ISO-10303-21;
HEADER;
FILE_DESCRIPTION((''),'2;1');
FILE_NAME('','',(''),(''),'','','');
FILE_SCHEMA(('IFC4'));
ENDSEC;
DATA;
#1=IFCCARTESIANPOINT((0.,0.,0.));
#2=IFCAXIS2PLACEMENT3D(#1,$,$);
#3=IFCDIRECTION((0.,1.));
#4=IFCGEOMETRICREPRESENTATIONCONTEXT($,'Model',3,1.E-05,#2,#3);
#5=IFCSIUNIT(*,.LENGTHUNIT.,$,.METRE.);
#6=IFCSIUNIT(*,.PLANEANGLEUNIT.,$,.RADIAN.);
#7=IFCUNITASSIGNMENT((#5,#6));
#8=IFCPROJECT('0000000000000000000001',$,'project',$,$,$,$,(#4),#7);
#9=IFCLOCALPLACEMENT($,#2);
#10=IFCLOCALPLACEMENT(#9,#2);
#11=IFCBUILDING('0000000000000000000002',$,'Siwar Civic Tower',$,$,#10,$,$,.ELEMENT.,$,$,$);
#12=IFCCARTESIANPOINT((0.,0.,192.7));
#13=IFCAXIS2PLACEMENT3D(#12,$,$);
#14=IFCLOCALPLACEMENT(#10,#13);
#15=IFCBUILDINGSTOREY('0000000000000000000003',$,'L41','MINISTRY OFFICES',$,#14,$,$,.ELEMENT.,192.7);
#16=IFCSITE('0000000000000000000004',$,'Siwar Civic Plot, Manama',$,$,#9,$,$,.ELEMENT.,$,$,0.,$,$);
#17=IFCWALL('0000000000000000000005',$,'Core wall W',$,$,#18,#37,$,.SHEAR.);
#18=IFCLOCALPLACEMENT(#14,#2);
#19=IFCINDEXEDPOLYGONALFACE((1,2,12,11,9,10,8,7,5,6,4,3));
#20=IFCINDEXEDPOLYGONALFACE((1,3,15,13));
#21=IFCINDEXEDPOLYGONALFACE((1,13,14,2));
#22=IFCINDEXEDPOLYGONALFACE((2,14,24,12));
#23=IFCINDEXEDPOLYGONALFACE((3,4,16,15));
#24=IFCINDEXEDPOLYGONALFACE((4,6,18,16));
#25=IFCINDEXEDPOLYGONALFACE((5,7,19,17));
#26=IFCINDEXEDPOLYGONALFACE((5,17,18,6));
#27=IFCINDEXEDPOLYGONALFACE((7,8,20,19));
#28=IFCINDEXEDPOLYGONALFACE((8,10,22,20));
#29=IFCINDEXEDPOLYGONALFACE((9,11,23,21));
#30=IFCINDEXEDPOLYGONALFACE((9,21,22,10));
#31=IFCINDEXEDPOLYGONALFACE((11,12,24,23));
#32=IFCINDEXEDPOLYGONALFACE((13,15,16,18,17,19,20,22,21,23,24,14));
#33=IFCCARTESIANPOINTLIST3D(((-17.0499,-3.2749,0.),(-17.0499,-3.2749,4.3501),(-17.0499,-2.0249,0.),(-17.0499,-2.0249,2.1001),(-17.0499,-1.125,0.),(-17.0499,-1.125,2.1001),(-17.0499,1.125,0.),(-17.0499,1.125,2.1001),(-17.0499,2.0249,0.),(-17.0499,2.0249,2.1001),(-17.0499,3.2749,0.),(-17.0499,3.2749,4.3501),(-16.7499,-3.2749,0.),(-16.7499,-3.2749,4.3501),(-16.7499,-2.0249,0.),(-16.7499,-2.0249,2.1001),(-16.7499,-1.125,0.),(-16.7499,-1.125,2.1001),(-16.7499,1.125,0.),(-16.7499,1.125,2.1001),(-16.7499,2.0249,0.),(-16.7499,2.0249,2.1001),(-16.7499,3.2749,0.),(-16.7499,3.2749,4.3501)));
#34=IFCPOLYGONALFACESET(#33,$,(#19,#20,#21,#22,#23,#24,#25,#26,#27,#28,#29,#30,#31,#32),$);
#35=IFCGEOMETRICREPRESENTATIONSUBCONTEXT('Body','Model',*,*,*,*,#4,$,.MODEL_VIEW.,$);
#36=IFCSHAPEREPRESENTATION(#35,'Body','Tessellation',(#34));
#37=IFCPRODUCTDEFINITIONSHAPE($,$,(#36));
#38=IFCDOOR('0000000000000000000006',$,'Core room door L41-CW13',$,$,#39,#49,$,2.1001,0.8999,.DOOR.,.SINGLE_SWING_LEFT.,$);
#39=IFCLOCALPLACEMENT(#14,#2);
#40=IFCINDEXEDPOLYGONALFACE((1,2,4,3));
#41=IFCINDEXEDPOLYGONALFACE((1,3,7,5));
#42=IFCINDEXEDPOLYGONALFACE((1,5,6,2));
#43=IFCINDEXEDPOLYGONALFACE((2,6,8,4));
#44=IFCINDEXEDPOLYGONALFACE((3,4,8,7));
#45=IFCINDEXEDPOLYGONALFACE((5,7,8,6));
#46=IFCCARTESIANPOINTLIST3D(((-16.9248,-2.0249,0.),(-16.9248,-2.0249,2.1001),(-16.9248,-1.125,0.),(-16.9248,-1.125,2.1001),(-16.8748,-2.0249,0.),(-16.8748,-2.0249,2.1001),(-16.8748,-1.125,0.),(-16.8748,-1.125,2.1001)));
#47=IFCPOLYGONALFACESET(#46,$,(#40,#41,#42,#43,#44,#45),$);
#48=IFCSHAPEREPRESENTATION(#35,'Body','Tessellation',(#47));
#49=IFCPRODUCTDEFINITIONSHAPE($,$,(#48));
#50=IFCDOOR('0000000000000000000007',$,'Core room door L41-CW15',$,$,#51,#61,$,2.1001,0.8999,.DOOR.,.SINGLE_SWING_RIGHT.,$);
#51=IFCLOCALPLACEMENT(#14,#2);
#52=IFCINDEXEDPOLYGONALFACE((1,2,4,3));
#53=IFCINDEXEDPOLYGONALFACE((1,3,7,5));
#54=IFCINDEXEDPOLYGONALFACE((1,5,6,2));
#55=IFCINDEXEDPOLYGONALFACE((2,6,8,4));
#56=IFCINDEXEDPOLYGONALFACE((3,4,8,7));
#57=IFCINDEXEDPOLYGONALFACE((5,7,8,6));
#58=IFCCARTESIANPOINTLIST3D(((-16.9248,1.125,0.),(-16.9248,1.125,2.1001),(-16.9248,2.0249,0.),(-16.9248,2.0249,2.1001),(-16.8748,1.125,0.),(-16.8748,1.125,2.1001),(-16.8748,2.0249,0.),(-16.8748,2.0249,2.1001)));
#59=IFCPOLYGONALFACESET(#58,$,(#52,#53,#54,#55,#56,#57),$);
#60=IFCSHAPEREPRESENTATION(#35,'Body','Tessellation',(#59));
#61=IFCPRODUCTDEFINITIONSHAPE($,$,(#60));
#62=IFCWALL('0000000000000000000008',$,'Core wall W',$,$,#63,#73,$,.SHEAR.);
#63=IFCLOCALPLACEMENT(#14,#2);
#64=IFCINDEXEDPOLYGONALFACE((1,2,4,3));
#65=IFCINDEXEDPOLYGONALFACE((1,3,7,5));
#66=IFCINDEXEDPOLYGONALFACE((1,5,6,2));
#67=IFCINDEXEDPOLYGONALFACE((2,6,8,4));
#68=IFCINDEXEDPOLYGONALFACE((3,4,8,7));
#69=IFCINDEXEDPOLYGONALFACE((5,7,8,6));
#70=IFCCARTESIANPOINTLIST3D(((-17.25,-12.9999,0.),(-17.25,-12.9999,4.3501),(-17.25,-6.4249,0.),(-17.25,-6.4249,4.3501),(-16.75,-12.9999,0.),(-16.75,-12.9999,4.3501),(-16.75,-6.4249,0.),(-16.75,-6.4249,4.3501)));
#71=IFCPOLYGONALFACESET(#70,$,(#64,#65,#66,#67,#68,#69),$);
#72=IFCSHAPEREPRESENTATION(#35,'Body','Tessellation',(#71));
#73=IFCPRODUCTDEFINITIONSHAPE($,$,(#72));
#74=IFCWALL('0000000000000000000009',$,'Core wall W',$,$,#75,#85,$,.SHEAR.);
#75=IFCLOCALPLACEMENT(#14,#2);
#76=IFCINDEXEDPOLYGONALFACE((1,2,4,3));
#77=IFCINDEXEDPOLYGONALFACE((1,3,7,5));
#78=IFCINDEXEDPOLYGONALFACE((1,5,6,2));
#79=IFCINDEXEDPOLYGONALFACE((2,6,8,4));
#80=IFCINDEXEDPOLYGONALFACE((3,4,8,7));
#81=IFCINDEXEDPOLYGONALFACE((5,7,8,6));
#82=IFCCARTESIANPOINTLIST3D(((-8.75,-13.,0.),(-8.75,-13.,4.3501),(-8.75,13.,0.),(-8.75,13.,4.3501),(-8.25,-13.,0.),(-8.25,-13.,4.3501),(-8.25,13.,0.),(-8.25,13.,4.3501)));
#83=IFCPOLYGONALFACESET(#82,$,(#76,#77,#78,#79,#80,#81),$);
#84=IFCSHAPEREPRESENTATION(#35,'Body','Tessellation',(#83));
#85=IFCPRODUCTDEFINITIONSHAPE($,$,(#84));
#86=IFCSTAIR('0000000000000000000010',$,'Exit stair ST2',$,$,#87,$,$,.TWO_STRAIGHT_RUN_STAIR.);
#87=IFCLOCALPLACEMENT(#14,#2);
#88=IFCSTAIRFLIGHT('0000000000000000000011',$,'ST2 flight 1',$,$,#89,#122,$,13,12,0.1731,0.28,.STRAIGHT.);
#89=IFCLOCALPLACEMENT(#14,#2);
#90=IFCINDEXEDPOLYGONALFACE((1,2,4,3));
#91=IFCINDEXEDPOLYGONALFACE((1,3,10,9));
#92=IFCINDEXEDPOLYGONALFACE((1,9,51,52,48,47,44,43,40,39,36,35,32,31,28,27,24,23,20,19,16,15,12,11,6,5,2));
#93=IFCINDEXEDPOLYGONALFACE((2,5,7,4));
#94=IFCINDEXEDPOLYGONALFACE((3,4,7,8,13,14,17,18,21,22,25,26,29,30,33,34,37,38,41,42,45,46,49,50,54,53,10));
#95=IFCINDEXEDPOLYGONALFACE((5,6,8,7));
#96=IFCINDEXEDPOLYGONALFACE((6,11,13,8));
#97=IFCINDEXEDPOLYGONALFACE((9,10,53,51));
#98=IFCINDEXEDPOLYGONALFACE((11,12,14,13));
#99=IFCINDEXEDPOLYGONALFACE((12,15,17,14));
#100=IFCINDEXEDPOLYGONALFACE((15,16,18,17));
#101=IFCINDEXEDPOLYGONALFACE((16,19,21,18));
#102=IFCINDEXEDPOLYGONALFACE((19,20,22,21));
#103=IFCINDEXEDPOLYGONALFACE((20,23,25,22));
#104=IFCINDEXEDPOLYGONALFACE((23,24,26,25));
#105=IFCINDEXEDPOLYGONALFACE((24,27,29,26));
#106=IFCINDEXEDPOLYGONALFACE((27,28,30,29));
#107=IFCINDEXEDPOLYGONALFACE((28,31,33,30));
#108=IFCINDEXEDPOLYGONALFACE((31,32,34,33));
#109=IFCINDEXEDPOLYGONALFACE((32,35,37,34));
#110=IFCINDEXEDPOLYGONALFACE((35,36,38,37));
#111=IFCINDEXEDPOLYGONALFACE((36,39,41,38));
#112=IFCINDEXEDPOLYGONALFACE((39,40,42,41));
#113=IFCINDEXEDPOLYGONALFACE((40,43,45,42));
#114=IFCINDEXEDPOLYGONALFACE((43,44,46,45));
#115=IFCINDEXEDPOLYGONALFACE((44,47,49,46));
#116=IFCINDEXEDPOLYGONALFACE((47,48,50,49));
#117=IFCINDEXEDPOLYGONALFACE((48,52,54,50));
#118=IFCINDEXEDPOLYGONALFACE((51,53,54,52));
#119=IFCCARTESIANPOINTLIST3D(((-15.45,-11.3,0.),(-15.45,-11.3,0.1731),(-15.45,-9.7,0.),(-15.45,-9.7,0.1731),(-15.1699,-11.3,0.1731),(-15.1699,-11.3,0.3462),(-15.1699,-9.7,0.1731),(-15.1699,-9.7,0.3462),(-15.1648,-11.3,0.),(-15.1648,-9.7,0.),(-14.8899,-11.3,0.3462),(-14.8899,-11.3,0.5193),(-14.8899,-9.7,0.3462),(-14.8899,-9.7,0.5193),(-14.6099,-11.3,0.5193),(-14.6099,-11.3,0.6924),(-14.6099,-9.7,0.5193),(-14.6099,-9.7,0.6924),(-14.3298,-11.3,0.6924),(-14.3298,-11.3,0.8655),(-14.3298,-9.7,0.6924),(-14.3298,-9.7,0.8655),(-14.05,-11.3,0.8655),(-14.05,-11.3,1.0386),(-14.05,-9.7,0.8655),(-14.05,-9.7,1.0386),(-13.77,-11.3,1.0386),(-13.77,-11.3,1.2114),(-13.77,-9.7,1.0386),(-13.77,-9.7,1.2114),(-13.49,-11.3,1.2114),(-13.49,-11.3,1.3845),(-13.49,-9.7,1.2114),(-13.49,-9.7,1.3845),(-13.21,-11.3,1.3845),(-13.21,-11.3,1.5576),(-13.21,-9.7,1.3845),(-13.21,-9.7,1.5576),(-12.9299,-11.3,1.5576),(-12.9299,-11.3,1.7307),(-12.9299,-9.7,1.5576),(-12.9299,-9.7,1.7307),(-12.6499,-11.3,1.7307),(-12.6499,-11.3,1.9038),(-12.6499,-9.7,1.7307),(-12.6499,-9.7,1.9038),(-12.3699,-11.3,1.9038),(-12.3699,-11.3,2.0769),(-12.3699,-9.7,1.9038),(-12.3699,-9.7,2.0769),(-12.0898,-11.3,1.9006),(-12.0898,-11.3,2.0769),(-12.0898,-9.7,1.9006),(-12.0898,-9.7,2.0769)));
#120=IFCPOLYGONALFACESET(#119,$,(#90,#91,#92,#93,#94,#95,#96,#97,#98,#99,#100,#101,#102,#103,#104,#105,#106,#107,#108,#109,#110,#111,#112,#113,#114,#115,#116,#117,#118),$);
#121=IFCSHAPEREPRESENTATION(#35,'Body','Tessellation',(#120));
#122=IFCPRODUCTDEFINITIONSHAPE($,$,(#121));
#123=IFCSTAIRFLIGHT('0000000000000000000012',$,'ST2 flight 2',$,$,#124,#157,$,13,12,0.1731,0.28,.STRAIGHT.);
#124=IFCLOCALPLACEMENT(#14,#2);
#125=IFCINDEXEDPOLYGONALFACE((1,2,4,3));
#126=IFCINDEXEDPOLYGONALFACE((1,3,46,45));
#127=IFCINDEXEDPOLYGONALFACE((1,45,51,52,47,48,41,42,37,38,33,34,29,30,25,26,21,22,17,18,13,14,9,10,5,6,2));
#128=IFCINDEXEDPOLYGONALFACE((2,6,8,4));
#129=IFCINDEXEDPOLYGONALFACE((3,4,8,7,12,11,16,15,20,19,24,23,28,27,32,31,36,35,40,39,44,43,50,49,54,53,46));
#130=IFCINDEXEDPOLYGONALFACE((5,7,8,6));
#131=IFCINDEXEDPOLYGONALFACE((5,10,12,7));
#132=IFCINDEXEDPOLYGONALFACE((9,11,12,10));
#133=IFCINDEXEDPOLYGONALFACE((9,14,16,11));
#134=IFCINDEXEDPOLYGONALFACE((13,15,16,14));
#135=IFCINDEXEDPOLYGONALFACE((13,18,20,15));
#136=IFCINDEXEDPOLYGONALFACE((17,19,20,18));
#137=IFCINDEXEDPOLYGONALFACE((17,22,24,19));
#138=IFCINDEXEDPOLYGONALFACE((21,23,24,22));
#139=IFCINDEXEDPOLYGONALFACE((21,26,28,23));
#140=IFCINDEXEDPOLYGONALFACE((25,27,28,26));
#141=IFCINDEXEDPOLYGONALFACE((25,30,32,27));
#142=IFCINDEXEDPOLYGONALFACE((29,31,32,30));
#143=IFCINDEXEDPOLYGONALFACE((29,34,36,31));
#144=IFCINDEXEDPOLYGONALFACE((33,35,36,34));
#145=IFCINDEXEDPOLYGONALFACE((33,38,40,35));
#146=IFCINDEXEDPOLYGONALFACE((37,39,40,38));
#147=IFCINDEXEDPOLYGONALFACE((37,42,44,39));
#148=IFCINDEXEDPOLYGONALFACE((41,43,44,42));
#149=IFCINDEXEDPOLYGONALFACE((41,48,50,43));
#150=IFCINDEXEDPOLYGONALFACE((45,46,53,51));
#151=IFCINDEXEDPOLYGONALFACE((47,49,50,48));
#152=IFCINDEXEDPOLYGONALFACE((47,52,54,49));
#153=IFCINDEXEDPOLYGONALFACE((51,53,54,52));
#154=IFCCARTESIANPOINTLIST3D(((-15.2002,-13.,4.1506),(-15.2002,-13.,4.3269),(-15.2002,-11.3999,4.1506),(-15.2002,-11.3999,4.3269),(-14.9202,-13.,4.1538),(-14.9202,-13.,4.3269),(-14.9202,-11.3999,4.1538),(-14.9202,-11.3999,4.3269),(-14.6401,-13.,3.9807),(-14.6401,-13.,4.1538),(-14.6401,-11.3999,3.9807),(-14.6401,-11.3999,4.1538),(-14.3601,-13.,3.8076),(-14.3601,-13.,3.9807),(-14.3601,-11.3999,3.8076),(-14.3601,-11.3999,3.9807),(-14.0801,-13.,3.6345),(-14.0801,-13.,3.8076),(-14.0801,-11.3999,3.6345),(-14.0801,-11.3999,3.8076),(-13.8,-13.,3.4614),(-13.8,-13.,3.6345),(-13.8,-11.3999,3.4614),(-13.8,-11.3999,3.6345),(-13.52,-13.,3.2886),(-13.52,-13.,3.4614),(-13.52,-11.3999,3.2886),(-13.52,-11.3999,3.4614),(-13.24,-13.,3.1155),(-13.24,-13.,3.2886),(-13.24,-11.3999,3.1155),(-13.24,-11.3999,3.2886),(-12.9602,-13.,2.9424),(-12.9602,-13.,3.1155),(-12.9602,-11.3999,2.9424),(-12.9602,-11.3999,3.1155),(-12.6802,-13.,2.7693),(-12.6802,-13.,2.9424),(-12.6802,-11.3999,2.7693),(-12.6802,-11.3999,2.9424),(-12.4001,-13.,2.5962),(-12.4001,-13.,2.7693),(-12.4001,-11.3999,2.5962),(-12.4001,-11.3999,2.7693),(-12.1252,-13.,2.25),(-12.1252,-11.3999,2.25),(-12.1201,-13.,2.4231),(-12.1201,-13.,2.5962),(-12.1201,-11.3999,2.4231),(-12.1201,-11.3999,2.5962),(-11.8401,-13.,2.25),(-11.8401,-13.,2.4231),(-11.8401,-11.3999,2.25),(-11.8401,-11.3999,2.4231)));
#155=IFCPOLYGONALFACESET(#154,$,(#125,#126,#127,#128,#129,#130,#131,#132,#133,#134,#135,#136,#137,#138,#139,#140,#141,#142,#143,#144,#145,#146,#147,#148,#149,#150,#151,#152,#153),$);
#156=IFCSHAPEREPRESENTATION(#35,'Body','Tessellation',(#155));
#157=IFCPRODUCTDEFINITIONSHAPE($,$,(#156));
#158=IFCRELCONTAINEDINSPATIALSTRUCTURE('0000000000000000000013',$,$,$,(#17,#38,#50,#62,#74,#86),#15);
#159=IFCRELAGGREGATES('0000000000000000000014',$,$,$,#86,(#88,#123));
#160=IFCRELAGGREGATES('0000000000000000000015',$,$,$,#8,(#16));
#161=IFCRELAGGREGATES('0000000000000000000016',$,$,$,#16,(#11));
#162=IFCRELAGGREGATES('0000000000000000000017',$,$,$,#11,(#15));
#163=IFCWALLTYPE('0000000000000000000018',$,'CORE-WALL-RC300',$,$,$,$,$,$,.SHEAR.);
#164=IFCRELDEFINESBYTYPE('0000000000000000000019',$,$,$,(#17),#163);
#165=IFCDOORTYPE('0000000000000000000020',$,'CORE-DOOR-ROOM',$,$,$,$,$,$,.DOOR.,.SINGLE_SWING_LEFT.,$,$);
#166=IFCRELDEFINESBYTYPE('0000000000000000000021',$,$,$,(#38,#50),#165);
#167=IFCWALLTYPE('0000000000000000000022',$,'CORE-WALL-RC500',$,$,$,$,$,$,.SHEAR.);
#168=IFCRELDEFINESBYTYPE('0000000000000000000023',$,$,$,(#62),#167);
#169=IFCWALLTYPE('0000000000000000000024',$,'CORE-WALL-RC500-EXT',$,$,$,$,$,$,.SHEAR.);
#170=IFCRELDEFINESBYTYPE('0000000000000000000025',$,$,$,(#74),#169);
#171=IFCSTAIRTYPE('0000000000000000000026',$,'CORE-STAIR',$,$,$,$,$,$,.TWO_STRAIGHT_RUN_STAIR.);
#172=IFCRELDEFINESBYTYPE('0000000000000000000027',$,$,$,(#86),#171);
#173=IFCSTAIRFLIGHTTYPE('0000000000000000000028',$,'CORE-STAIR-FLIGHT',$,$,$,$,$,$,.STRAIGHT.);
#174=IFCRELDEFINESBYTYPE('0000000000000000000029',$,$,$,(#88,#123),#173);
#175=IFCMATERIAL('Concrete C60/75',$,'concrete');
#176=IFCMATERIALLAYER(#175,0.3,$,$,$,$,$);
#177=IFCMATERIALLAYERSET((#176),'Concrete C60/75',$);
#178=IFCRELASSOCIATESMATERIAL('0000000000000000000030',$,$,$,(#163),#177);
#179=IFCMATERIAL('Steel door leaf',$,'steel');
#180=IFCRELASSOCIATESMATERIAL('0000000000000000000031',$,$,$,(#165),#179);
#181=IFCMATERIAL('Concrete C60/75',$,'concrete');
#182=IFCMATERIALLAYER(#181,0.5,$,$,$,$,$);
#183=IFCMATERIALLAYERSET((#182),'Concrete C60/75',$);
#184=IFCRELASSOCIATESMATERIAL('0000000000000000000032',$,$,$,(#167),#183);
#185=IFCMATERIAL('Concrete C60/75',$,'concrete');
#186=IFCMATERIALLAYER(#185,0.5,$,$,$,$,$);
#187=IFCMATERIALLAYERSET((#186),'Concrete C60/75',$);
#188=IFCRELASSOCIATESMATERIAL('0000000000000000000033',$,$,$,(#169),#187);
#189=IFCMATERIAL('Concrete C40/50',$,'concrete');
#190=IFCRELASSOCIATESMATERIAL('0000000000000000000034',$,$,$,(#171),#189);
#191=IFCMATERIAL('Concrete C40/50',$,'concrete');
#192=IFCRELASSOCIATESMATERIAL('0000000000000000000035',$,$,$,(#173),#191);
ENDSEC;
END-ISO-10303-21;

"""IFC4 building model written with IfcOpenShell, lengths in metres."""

from ifc_helpers import new_model, si_unit, direction, frame, frame_2d, origin, place, context, subcontext, project, spatial, polyline, rectangle, outline, extrude, material, layer, layer_set, type_object, element, fill, aggregate, save


model = new_model("IFC4")

# Units and contexts
model_context = context("Model", 3, precision=1e-05, world=origin(), true_north=direction((0.0, 1.0)))
body_context = subcontext(model_context, "Body", "Model", "MODEL_VIEW")
ifc_project = project(units=[si_unit("LENGTHUNIT", "METRE"), si_unit("PLANEANGLEUNIT", "RADIAN")], contexts=[model_context])

# Site, building, storey
site_placement = place(None, origin())
site = spatial("IfcSite", under=ifc_project, at=site_placement, Name="Siwar Civic Plot, Manama", CompositionType="ELEMENT", RefElevation=0.0)
building_placement = place(site_placement, origin())
building = spatial("IfcBuilding", under=site, at=building_placement, Name="Siwar Civic Tower", CompositionType="ELEMENT")
storey_placement = place(building_placement, frame((0.0, 0.0, 192.7)))
storey = spatial("IfcBuildingStorey", under=building, at=storey_placement, Name="L41", Description="MINISTRY OFFICES", CompositionType="ELEMENT", Elevation=192.7)

# Wall, openings, doors
ifc_material_1 = material(Name="Concrete C60/75", Category="concrete")
ifc_layer_1 = layer(ifc_material_1, 0.3)
ifc_layer_set_1 = layer_set([ifc_layer_1], Name="Concrete C60/75")
wall_type_1 = type_object("IfcWallType", Name="CORE-WALL-RC300", PredefinedType="SHEAR", material=ifc_layer_set_1)
wall_1_placement = place(storey_placement, frame((-16.8999, -3.2749, 0.0), z_axis=(0.0, 0.0, 1.0), x_axis=(0.0, 1.0, 0.0)))
wall_1 = element("IfcWall", 1, at=wall_1_placement, inside=storey, type_object=wall_type_1, Name="Core wall W", PredefinedType="SHEAR", context=body_context, shape_type="SweptSolid", body=[
    extrude(rectangle(XDim=6.5498, YDim=0.3, at=frame_2d((3.2749, 0.0))), origin(), (0.0, 0.0, 1.0), 4.3501),
])
opening_1_placement = place(wall_1_placement, frame((1.25, 0.0, 0.0)))
opening_1 = element("IfcOpeningElement", 2, at=opening_1_placement, cuts=wall_1, PredefinedType="OPENING", context=body_context, shape_type="SweptSolid", body=[
    extrude(rectangle(XDim=0.8999, YDim=2.1001, at=frame_2d((0.45, 1.05))), frame((0.0, 0.1602, 0.0), z_axis=(0.0, -1.0, 0.0), x_axis=(1.0, 0.0, 0.0)), (0.0, 0.0, 1.0), 0.3201),
])
opening_2_placement = place(wall_1_placement, frame((4.3999, 0.0, 0.0)))
opening_2 = element("IfcOpeningElement", 3, at=opening_2_placement, cuts=wall_1, PredefinedType="OPENING", context=body_context, shape_type="SweptSolid", body=[
    extrude(rectangle(XDim=0.8999, YDim=2.1001, at=frame_2d((0.45, 1.05))), frame((0.0, 0.1602, 0.0), z_axis=(0.0, -1.0, 0.0), x_axis=(1.0, 0.0, 0.0)), (0.0, 0.0, 1.0), 0.3201),
])
ifc_material_2 = material(Name="Steel door leaf", Category="steel")
door_type_1 = type_object("IfcDoorType", Name="CORE-DOOR-ROOM", OperationType="SINGLE_SWING_LEFT", PredefinedType="DOOR", material=ifc_material_2)
door_1_placement = place(opening_1_placement, origin())
door_1 = element("IfcDoor", 4, at=door_1_placement, inside=storey, type_object=door_type_1, Name="Core room door L41-CW13", OperationType="SINGLE_SWING_LEFT", OverallHeight=2.1001, OverallWidth=0.8999, PredefinedType="DOOR", context=body_context, shape_type="SweptSolid", body=[
    extrude(rectangle(XDim=0.8999, YDim=2.1001, at=frame_2d((0.45, 1.05))), frame((0.0, 0.0249, 0.0), z_axis=(0.0, -1.0, 0.0), x_axis=(1.0, 0.0, 0.0)), (0.0, 0.0, 1.0), 0.05),
])
fill(opening_1, door_1)
door_2_placement = place(opening_2_placement, origin())
door_2 = element("IfcDoor", 5, at=door_2_placement, inside=storey, type_object=door_type_1, Name="Core room door L41-CW15", OperationType="SINGLE_SWING_RIGHT", OverallHeight=2.1001, OverallWidth=0.8999, PredefinedType="DOOR", context=body_context, shape_type="SweptSolid", body=[
    extrude(rectangle(XDim=0.8999, YDim=2.1001, at=frame_2d((0.45, 1.05))), frame((0.0, 0.0249, 0.0), z_axis=(0.0, -1.0, 0.0), x_axis=(1.0, 0.0, 0.0)), (0.0, 0.0, 1.0), 0.05),
])
fill(opening_2, door_2)

# Walls
ifc_material_3 = material(Name="Concrete C60/75", Category="concrete")
ifc_layer_2 = layer(ifc_material_3, 0.5)
ifc_layer_set_2 = layer_set([ifc_layer_2], Name="Concrete C60/75")
wall_type_2 = type_object("IfcWallType", Name="CORE-WALL-RC500", PredefinedType="SHEAR", material=ifc_layer_set_2)
wall_2_placement = place(storey_placement, frame((-17.0, -13.0, 0.0), z_axis=(0.0, 0.0, 1.0), x_axis=(0.0, 1.0, 0.0)))
element("IfcWall", 6, at=wall_2_placement, inside=storey, type_object=wall_type_2, Name="Core wall W", PredefinedType="SHEAR", context=body_context, shape_type="SweptSolid", body=[
    extrude(rectangle(XDim=6.575, YDim=0.5, at=frame_2d((3.2876, 0.0))), origin(), (0.0, 0.0, 1.0), 4.3501),
])
ifc_material_4 = material(Name="Concrete C60/75", Category="concrete")
ifc_layer_3 = layer(ifc_material_4, 0.5)
ifc_layer_set_3 = layer_set([ifc_layer_3], Name="Concrete C60/75")
wall_type_3 = type_object("IfcWallType", Name="CORE-WALL-RC500-EXT", PredefinedType="SHEAR", material=ifc_layer_set_3)
wall_3_placement = place(storey_placement, frame((-8.5, -13.0, 0.0), z_axis=(0.0, 0.0, 1.0), x_axis=(0.0, 1.0, 0.0)))
element("IfcWall", 7, at=wall_3_placement, inside=storey, type_object=wall_type_3, Name="Core wall W", PredefinedType="SHEAR", context=body_context, shape_type="SweptSolid", body=[
    extrude(rectangle(XDim=26.0, YDim=0.5, at=frame_2d((13.0, 0.0))), origin(), (0.0, 0.0, 1.0), 4.3501),
])

# Stair, stair flights
ifc_material_5 = material(Name="Concrete C40/50", Category="concrete")
stair_type = type_object("IfcStairType", Name="CORE-STAIR", PredefinedType="TWO_STRAIGHT_RUN_STAIR", material=ifc_material_5)
stair_placement = place(storey_placement, origin())
stair = element("IfcStair", 8, at=stair_placement, inside=storey, type_object=stair_type, Name="Exit stair ST2", PredefinedType="TWO_STRAIGHT_RUN_STAIR")
ifc_material_6 = material(Name="Concrete C40/50", Category="concrete")
stair_flight_type = type_object("IfcStairFlightType", Name="CORE-STAIR-FLIGHT", PredefinedType="STRAIGHT", material=ifc_material_6)
stair_flight_1_placement = place(storey_placement, frame((-15.45, -10.5, 0.0), z_axis=(0.0, 0.0, 1.0), x_axis=(1.0, 0.0, 0.0)))
stair_flight_1 = element("IfcStairFlight", 9, at=stair_flight_1_placement, type_object=stair_flight_type, Name="ST2 flight 1", NumberOfRisers=13, NumberOfTreads=12, PredefinedType="STRAIGHT", RiserHeight=0.1731, TreadLength=0.28, context=body_context, shape_type="SweptSolid", body=[
    extrude(outline(polyline([(0.0, 0.0), (0.0, 0.1731), (0.28, 0.1731), (0.28, 0.3462), (0.5601, 0.3462), (0.5601, 0.5193), (0.8401, 0.5193), (0.8401, 0.6924), (1.1201, 0.6924), (1.1201, 0.8655), (1.3999, 0.8655), (1.3999, 1.0386), (1.6799, 1.0386), (1.6799, 1.2114), (1.96, 1.2114), (1.96, 1.3845), (2.24, 1.3845), (2.24, 1.5576), (2.52, 1.5576), (2.52, 1.7307), (2.8, 1.7307), (2.8, 1.9038), (3.0801, 1.9038), (3.0801, 2.0769), (3.3601, 2.0769), (3.3601, 2.25), (3.3601, 1.9006), (0.2852, 0.0), (0.0, 0.0)])), frame((0.0, 0.8, 0.0), z_axis=(0.0, -1.0, 0.0), x_axis=(1.0, 0.0, 0.0)), (0.0, 0.0, 1.0), 1.6001),
])
stair_flight_2_placement = place(storey_placement, frame((-11.8401, -12.2, 2.25), z_axis=(0.0, 0.0, 1.0), x_axis=(-1.0, 0.0, 0.0)))
stair_flight_2 = element("IfcStairFlight", 10, at=stair_flight_2_placement, type_object=stair_flight_type, Name="ST2 flight 2", NumberOfRisers=13, NumberOfTreads=12, PredefinedType="STRAIGHT", RiserHeight=0.1731, TreadLength=0.28, context=body_context, shape_type="SweptSolid", body=[
    extrude(outline(polyline([(0.0, 0.0), (0.0, 0.1731), (0.28, 0.1731), (0.28, 0.3462), (0.5601, 0.3462), (0.5601, 0.5193), (0.8401, 0.5193), (0.8401, 0.6924), (1.1201, 0.6924), (1.1201, 0.8655), (1.3999, 0.8655), (1.3999, 1.0386), (1.6799, 1.0386), (1.6799, 1.2114), (1.96, 1.2114), (1.96, 1.3845), (2.24, 1.3845), (2.24, 1.5576), (2.52, 1.5576), (2.52, 1.7307), (2.8, 1.7307), (2.8, 1.9038), (3.0801, 1.9038), (3.0801, 2.0769), (3.3601, 2.0769), (3.3601, 2.25), (3.3601, 1.9006), (0.2852, 0.0), (0.0, 0.0)])), frame((0.0, 0.8, 0.0), z_axis=(0.0, -1.0, 0.0), x_axis=(1.0, 0.0, 0.0)), (0.0, 0.0, 1.0), 1.6001),
])
aggregate(stair, [stair_flight_1, stair_flight_2])

save(model, "model.ifc")
